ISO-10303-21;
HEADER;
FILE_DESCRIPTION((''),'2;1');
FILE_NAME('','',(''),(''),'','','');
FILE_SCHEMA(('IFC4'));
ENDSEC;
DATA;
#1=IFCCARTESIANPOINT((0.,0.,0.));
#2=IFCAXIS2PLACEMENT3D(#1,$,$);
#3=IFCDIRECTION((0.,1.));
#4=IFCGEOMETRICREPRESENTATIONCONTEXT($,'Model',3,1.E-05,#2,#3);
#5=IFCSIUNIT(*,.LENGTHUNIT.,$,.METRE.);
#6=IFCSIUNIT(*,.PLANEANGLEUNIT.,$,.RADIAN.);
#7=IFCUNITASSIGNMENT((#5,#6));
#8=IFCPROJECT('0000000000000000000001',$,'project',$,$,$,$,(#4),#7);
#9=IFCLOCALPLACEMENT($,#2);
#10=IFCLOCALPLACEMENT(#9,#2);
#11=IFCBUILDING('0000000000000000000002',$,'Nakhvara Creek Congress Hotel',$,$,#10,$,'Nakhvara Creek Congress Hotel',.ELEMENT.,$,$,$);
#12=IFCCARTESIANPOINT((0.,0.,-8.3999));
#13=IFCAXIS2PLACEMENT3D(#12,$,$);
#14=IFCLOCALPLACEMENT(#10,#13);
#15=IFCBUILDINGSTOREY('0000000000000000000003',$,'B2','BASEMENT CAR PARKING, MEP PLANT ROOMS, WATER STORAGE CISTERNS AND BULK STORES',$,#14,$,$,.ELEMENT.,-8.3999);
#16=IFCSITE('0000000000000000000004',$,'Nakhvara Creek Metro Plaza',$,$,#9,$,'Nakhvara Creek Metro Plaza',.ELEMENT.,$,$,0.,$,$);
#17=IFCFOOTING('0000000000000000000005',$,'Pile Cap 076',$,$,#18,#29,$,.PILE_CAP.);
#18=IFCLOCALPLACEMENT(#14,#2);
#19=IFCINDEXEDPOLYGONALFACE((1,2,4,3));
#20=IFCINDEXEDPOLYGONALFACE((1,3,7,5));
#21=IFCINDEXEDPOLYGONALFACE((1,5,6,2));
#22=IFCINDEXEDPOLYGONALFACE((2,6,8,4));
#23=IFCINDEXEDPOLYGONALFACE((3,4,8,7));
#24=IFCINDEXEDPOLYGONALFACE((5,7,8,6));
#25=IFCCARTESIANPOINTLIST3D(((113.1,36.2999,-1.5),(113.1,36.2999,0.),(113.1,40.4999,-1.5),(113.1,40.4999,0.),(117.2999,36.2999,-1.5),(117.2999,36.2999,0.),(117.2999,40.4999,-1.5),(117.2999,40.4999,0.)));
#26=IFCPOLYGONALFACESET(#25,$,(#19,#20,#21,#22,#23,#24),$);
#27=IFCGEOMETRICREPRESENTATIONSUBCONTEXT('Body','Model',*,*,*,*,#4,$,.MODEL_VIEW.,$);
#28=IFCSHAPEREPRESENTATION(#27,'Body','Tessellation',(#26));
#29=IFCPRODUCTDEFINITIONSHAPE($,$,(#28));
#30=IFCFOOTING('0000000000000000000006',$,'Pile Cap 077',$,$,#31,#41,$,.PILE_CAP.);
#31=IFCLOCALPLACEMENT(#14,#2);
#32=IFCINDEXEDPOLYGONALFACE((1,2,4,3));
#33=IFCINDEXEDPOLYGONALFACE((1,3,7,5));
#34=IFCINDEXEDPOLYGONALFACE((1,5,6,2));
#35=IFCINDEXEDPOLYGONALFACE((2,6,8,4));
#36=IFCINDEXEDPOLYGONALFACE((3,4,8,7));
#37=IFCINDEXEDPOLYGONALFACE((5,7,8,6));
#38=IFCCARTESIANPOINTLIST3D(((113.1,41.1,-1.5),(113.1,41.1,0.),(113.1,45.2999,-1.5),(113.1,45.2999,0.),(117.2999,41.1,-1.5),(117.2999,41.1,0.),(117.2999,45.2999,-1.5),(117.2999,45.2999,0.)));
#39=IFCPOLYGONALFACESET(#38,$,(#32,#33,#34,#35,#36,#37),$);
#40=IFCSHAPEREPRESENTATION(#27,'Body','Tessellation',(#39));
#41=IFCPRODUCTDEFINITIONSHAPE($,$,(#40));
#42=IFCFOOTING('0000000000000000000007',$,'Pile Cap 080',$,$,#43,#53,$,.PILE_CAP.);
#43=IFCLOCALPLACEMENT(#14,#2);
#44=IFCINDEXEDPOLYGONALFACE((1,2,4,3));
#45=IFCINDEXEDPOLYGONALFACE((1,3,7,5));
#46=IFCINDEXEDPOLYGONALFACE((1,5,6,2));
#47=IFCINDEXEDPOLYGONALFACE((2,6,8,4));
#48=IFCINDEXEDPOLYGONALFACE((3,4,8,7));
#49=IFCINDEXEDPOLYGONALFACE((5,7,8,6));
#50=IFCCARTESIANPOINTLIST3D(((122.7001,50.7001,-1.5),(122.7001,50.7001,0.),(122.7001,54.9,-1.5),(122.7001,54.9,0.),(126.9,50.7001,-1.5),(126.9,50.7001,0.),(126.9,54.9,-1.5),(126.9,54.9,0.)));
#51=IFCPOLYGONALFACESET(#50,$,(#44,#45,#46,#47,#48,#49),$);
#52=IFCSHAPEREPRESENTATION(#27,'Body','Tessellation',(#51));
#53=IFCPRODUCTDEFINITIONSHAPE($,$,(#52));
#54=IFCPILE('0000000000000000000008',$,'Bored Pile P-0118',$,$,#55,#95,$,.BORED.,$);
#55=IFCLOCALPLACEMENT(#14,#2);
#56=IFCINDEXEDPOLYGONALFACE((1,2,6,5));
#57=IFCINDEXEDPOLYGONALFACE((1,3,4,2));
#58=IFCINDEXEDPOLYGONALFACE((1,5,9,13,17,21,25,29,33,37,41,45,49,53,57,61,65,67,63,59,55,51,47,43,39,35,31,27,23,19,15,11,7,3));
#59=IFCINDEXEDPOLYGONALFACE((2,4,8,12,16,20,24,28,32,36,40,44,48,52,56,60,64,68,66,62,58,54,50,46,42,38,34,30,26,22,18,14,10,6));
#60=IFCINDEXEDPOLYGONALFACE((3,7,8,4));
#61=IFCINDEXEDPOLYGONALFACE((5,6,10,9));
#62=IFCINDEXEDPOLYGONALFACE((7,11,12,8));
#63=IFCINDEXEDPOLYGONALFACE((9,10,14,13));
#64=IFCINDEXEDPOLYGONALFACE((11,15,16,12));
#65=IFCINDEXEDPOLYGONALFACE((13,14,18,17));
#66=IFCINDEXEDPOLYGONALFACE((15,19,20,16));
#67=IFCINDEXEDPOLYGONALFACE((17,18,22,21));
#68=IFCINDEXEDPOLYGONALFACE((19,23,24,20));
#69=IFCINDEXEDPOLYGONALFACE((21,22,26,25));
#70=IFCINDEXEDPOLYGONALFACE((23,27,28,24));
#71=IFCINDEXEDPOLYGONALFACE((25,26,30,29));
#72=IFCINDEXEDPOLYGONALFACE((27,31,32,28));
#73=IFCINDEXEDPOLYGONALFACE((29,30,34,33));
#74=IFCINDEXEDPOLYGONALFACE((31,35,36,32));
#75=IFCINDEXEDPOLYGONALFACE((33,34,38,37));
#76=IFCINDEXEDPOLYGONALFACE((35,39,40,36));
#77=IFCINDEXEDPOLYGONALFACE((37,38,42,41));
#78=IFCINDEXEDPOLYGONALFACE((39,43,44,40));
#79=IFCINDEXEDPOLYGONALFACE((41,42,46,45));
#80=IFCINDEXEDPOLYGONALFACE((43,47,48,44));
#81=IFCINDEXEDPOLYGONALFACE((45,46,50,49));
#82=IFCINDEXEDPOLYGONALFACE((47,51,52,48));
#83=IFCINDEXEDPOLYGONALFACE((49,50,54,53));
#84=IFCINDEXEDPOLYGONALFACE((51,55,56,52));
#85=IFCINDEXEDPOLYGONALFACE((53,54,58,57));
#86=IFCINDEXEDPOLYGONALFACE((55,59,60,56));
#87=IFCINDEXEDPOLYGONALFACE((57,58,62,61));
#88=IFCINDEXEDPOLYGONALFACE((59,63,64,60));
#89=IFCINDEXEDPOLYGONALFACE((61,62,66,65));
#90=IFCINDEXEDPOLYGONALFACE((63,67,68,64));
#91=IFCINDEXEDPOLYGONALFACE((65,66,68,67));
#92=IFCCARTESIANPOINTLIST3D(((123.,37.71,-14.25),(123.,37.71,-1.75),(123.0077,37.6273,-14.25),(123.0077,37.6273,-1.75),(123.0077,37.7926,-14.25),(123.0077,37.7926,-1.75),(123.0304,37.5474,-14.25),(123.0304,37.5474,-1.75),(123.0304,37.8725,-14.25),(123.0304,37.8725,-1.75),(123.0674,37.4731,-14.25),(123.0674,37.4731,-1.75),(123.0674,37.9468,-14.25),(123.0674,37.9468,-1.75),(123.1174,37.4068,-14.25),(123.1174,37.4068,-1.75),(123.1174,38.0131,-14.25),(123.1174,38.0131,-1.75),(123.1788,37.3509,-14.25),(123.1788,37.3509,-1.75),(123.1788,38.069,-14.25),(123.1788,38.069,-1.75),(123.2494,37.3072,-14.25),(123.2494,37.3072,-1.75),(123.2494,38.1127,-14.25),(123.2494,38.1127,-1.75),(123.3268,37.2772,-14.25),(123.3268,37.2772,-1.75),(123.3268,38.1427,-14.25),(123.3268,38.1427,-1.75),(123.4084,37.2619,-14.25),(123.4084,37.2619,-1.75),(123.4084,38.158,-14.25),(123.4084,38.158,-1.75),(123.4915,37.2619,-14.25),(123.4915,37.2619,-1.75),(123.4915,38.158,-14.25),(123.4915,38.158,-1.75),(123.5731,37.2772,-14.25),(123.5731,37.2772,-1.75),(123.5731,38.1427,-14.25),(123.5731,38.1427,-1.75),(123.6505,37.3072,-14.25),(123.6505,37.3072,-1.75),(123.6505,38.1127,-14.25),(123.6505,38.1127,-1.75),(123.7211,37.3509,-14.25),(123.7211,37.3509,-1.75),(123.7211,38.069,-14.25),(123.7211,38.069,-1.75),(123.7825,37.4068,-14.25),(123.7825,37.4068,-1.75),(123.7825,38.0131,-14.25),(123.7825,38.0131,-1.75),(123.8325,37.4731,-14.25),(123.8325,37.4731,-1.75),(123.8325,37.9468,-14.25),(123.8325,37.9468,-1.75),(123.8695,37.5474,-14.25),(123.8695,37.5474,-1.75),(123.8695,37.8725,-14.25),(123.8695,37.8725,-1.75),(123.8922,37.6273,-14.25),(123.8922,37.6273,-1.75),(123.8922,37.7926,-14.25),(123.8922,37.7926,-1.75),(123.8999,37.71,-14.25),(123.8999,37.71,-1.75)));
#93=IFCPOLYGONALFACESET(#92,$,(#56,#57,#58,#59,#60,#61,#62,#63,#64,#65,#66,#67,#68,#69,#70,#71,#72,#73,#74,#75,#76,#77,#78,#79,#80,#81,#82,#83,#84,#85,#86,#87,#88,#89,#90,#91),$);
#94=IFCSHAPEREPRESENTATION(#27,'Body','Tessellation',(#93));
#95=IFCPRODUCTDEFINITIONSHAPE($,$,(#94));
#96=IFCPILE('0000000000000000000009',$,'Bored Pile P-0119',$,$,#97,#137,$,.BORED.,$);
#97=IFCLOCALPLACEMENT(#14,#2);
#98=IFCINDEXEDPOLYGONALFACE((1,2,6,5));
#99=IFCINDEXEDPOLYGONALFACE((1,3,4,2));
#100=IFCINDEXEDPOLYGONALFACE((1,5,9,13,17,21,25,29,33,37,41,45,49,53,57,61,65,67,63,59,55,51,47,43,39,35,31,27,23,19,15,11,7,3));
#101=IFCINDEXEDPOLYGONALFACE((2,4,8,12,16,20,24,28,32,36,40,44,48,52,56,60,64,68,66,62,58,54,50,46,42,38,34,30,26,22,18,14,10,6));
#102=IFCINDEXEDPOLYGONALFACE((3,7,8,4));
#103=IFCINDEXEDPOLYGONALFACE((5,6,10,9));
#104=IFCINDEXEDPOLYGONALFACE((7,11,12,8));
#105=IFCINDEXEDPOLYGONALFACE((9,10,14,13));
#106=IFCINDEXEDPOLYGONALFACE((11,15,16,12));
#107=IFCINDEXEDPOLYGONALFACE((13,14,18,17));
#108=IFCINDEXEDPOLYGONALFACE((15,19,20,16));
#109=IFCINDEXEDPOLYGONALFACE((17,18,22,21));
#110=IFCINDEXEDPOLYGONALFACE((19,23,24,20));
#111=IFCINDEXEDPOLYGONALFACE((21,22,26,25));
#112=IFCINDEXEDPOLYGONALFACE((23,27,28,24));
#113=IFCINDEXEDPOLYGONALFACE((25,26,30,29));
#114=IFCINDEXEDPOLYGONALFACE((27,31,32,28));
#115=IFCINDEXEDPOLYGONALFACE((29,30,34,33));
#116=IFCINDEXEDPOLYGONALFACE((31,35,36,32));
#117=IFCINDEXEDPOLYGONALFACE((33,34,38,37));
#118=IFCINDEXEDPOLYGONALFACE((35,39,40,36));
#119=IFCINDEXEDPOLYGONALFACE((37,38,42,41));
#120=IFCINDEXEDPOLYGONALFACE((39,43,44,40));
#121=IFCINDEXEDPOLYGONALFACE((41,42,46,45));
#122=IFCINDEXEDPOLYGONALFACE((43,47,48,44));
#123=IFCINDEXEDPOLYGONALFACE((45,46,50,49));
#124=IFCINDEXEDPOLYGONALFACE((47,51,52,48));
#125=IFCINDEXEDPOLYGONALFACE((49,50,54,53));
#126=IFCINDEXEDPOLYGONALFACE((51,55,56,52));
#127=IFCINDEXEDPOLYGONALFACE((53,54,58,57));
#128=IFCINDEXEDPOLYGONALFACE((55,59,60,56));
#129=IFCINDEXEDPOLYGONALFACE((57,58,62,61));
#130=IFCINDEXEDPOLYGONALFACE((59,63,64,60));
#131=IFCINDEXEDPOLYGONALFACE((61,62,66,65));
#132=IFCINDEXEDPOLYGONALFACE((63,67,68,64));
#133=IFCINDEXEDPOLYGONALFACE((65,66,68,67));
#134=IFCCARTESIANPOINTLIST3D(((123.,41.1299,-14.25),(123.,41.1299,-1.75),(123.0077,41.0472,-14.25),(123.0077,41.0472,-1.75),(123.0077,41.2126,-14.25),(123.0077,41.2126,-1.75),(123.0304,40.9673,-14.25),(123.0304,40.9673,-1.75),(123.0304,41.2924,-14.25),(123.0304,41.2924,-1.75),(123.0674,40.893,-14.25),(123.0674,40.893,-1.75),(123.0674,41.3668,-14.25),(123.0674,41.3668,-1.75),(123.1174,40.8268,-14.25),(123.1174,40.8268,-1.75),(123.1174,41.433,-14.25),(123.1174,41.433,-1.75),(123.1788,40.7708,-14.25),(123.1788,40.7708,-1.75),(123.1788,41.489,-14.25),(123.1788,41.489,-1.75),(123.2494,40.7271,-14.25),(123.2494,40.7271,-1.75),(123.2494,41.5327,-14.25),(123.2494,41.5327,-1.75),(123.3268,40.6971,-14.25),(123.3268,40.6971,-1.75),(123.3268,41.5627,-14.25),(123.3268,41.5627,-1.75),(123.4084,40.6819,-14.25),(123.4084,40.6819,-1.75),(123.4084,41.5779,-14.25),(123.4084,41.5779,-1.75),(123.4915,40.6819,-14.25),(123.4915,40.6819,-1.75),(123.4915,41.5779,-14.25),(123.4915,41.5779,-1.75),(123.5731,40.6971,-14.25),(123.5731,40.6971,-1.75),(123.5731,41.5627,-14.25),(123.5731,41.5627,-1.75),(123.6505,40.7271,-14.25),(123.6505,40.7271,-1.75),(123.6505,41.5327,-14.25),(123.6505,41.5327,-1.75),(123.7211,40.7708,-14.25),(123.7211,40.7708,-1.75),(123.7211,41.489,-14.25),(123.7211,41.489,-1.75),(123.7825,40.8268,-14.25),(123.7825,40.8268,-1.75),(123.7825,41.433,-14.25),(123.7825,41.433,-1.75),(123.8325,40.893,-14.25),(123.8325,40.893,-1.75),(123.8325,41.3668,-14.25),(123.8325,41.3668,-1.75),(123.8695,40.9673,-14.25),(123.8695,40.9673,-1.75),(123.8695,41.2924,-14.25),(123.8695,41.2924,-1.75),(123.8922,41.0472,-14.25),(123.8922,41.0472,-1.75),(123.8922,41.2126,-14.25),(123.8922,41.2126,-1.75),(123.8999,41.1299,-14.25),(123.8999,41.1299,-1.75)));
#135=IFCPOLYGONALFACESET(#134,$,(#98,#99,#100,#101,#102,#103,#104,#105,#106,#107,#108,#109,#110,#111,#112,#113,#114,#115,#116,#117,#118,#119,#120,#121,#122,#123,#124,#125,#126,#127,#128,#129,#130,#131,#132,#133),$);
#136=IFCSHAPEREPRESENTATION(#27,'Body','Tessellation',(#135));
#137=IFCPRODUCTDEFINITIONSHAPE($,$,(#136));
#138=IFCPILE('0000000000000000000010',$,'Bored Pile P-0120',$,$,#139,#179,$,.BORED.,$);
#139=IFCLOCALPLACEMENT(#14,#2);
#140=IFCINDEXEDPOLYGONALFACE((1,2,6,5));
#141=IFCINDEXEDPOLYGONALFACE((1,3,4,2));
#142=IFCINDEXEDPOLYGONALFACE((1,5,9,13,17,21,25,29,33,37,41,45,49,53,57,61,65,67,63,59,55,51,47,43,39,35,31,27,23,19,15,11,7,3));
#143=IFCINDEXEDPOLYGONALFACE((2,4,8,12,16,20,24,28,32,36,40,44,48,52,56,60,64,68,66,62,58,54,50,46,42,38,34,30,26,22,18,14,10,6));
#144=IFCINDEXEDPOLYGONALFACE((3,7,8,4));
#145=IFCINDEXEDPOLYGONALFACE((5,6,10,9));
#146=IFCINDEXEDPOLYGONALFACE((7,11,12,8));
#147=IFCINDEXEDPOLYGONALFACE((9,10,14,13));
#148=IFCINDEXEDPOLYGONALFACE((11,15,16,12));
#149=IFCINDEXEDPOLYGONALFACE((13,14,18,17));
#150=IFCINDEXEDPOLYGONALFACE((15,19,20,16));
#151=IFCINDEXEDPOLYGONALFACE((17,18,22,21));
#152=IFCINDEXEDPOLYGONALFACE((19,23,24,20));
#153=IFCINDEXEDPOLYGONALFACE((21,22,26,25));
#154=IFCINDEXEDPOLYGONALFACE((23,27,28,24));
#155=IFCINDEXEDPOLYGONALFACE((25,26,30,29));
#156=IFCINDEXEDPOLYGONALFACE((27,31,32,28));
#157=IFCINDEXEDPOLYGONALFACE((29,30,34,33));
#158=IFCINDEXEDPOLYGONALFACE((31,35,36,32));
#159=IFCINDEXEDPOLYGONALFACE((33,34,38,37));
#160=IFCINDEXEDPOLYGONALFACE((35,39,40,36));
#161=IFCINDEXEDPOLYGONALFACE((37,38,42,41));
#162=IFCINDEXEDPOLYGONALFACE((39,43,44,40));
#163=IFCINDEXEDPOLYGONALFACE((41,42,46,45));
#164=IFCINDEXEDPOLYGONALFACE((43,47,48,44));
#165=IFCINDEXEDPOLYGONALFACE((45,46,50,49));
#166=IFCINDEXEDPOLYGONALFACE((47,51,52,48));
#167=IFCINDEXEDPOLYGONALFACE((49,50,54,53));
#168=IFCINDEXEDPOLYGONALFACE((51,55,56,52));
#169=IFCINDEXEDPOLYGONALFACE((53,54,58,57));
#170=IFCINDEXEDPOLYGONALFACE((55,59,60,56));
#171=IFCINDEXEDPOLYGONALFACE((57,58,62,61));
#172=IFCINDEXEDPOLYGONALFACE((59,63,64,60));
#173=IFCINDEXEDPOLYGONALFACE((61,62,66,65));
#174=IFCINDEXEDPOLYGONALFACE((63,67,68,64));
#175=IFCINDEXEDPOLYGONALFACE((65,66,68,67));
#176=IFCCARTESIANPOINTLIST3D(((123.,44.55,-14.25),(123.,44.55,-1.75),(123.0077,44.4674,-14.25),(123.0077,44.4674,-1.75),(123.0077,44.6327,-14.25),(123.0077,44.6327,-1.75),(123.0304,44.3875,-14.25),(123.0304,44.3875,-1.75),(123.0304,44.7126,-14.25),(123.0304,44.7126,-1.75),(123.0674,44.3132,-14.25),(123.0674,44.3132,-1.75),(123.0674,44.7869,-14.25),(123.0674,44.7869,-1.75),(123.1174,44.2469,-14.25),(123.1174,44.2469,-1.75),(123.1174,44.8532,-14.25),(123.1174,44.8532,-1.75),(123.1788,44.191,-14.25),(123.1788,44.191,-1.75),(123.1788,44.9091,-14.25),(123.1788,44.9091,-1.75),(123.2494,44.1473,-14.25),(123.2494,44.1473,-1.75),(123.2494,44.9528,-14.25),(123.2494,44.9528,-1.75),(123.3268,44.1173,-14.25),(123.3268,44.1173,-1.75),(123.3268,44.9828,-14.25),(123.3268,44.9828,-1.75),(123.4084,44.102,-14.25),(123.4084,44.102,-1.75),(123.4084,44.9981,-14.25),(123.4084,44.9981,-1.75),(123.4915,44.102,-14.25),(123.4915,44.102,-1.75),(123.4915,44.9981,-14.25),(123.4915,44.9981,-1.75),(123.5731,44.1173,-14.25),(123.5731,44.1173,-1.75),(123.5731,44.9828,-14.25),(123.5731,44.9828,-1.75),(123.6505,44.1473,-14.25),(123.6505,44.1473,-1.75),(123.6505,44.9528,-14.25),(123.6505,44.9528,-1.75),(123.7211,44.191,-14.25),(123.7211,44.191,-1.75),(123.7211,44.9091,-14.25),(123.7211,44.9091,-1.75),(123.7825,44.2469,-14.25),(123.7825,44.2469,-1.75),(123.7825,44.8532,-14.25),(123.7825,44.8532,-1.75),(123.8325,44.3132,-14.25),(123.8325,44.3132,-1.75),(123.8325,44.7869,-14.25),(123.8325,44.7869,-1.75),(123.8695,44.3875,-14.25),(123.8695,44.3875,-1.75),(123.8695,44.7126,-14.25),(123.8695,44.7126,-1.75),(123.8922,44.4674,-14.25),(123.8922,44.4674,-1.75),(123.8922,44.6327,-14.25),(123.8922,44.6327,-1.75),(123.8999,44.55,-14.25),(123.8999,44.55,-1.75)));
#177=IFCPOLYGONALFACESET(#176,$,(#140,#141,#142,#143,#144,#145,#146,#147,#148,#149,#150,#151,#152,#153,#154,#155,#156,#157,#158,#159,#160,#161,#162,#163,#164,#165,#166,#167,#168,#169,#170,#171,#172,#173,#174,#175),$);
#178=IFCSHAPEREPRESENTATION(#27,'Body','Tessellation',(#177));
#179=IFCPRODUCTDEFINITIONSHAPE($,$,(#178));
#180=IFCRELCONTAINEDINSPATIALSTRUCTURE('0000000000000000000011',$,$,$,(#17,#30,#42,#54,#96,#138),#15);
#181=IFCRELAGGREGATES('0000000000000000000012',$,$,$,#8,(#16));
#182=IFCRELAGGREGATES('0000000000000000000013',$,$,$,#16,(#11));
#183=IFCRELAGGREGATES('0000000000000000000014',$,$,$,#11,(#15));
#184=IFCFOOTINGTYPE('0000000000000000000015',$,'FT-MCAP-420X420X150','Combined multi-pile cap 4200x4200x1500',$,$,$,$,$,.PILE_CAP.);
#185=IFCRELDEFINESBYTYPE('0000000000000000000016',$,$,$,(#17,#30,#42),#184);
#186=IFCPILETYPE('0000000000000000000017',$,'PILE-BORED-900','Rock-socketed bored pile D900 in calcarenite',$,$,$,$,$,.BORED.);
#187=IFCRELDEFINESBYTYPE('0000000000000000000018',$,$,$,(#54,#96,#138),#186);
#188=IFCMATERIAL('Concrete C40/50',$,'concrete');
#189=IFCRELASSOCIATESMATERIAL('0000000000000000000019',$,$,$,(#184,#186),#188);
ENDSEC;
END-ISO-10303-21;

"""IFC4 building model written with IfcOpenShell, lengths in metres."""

from ifc_helpers import new_model, si_unit, direction, frame, origin, origin_2d, place, context, subcontext, project, spatial, rectangle, circle, extrude, material, material_profile, profile_set, type_object, element, save


model = new_model("IFC4")

# Units and contexts
model_context = context("Model", 3, precision=1e-05, world=origin(), true_north=direction((0.0, 1.0)))
body_context = subcontext(model_context, "Body", "Model", "MODEL_VIEW")
ifc_project = project(units=[si_unit("LENGTHUNIT", "METRE"), si_unit("PLANEANGLEUNIT", "RADIAN")], contexts=[model_context])

# Site, building, storey
site_placement = place(None, origin())
site = spatial("IfcSite", under=ifc_project, at=site_placement, Name="Nakhvara Creek Metro Plaza", LongName="Nakhvara Creek Metro Plaza", CompositionType="ELEMENT", RefElevation=0.0)
building_placement = place(site_placement, origin())
building = spatial("IfcBuilding", under=site, at=building_placement, Name="Nakhvara Creek Congress Hotel", LongName="Nakhvara Creek Congress Hotel", CompositionType="ELEMENT")
storey_placement = place(building_placement, frame((0.0, 0.0, -8.3999)))
storey = spatial("IfcBuildingStorey", under=building, at=storey_placement, Name="B2", Description="BASEMENT CAR PARKING, MEP PLANT ROOMS, WATER STORAGE CISTERNS AND BULK STORES", CompositionType="ELEMENT", Elevation=-8.3999)

# Footings
ifc_material_1 = material(Name="Concrete C40/50", Category="concrete")
footing_type = type_object("IfcFootingType", Name="FT-MCAP-420X420X150", Description="Combined multi-pile cap 4200x4200x1500", PredefinedType="PILE_CAP", material=ifc_material_1)
for number, where, z_axis, x_axis, name in (
    (1, (115.2, 38.3999, -1.5), (0.0, 0.0, 1.0), (1.0, 0.0, 0.0), "Pile Cap 076"),
    (2, (115.2, 43.2, -1.5), (0.0, 0.0, 1.0), (1.0, 0.0, 0.0), "Pile Cap 077"),
    (3, (124.8, 52.8, -1.5), (0.0, 0.0, 1.0), (1.0, 0.0, 0.0), "Pile Cap 080"),
):
    element("IfcFooting", number, at=place(storey_placement, frame(where, z_axis=z_axis, x_axis=x_axis)), inside=storey, type_object=footing_type, Name=name, PredefinedType="PILE_CAP", context=body_context, shape_type="SweptSolid", body=[
        extrude(rectangle(XDim=4.2, YDim=4.2, at=origin_2d()), origin(), (0.0, 0.0, 1.0), 1.5),
    ])

# Piles
ifc_material_profile_1 = material_profile(ifc_material_1, circle(Radius=0.45, at=origin_2d()), Name="BORED PILE D900", Category="LoadBearing")
ifc_profile_set_1 = profile_set([ifc_material_profile_1], Name="Concrete C40/50")
pile_type = type_object("IfcPileType", Name="PILE-BORED-900", Description="Rock-socketed bored pile D900 in calcarenite", PredefinedType="BORED", material=ifc_profile_set_1)
for number, where, z_axis, x_axis, name in (
    (4, (123.45, 37.71, -1.75), (0.0, 0.0, -1.0), (1.0, 0.0, 0.0), "Bored Pile P-0118"),
    (5, (123.45, 41.1299, -1.75), (0.0, 0.0, -1.0), (1.0, 0.0, 0.0), "Bored Pile P-0119"),
    (6, (123.45, 44.55, -1.75), (0.0, 0.0, -1.0), (1.0, 0.0, 0.0), "Bored Pile P-0120"),
):
    element("IfcPile", number, at=place(storey_placement, frame(where, z_axis=z_axis, x_axis=x_axis)), inside=storey, type_object=pile_type, Name=name, PredefinedType="BORED", context=body_context, shape_type="SweptSolid", body=[
        extrude(circle(Radius=0.45, at=origin_2d()), origin(), (0.0, 0.0, 1.0), 12.5),
    ])

save(model, "model.ifc")
